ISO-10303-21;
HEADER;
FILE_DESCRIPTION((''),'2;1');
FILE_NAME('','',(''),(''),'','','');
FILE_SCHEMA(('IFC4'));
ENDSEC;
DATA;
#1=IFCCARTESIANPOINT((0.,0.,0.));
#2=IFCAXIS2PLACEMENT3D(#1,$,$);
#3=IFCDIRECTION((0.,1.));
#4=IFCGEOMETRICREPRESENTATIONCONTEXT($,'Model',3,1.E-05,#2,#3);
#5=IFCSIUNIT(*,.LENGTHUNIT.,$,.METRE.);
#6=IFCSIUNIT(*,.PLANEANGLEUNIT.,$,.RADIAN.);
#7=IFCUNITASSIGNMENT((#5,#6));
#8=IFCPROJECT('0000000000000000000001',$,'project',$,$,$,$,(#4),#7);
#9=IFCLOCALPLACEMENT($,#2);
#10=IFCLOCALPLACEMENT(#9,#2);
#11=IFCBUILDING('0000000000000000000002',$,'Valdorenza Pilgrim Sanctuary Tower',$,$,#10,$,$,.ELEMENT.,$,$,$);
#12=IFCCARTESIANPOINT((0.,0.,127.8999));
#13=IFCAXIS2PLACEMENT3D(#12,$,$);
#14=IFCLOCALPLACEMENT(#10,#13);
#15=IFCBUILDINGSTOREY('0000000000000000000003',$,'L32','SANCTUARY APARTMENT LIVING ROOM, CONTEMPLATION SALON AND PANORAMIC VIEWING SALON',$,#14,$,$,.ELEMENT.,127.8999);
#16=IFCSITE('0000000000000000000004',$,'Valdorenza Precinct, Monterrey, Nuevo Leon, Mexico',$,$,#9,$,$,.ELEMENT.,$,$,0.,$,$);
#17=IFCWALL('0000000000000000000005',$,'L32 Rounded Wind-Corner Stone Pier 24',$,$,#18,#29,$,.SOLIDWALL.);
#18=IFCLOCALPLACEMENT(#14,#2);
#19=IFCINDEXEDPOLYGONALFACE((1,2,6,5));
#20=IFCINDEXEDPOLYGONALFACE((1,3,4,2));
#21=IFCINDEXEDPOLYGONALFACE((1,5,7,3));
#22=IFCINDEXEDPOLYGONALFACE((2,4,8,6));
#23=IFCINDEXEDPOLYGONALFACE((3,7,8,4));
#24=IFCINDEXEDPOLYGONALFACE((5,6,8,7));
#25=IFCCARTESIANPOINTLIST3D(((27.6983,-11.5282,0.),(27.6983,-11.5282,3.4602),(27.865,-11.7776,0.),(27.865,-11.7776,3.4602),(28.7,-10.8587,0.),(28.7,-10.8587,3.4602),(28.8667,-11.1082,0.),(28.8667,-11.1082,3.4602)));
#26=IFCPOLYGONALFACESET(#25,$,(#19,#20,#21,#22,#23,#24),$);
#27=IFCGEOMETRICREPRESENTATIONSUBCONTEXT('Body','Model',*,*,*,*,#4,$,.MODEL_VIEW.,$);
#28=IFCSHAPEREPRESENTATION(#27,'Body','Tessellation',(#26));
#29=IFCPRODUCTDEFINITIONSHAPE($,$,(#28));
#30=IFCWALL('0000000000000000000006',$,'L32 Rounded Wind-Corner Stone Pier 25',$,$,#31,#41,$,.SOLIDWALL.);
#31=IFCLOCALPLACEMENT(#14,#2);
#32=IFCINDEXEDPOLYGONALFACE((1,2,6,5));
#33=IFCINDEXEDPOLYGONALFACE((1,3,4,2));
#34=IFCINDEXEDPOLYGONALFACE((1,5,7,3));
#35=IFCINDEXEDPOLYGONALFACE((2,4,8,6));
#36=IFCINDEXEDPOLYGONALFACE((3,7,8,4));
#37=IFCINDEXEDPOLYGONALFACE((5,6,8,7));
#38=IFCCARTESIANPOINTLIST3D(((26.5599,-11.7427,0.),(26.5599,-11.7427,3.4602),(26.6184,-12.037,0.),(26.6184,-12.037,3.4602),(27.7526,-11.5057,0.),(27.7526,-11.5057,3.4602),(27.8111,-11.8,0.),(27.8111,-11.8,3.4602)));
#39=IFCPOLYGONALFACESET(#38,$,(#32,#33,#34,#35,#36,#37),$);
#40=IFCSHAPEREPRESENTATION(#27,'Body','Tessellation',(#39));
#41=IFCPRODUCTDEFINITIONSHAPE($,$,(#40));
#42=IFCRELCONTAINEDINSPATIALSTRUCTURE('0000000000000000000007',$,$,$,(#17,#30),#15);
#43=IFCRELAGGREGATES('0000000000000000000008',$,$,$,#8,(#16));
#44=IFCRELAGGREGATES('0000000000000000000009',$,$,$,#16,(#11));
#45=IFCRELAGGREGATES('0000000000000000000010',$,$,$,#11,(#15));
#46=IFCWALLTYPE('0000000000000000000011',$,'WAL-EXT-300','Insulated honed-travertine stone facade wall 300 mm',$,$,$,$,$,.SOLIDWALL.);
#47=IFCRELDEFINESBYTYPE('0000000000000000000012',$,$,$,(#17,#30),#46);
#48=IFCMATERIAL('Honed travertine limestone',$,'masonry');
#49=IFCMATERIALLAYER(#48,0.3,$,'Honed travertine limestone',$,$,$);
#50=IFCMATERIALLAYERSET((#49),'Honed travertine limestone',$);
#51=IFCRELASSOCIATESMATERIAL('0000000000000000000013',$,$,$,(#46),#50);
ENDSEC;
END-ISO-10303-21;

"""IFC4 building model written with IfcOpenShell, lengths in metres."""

from ifc_helpers import new_model, si_unit, direction, frame, frame_2d, origin, place, context, subcontext, project, spatial, rectangle, extrude, material, layer, layer_set, type_object, element, save


model = new_model("IFC4")

# Units and contexts
model_context = context("Model", 3, precision=1e-05, world=origin(), true_north=direction((0.0, 1.0)))
body_context = subcontext(model_context, "Body", "Model", "MODEL_VIEW")
ifc_project = project(units=[si_unit("LENGTHUNIT", "METRE"), si_unit("PLANEANGLEUNIT", "RADIAN")], contexts=[model_context])

# Site, building, storey
site_placement = place(None, origin())
site = spatial("IfcSite", under=ifc_project, at=site_placement, Name="Valdorenza Precinct, Monterrey, Nuevo Leon, Mexico", CompositionType="ELEMENT", RefElevation=0.0)
building_placement = place(site_placement, origin())
building = spatial("IfcBuilding", under=site, at=building_placement, Name="Valdorenza Pilgrim Sanctuary Tower", CompositionType="ELEMENT")
storey_placement = place(building_placement, frame((0.0, 0.0, 127.8999)))
storey = spatial("IfcBuildingStorey", under=building, at=storey_placement, Name="L32", Description="SANCTUARY APARTMENT LIVING ROOM, CONTEMPLATION SALON AND PANORAMIC VIEWING SALON", CompositionType="ELEMENT", Elevation=127.8999)

# Walls
ifc_material_1 = material(Name="Honed travertine limestone", Category="masonry")
ifc_layer_1 = layer(ifc_material_1, 0.3, Name="Honed travertine limestone")
ifc_layer_set_1 = layer_set([ifc_layer_1], Name="Honed travertine limestone")
wall_type_1 = type_object("IfcWallType", Name="WAL-EXT-300", Description="Insulated honed-travertine stone facade wall 300 mm", PredefinedType="SOLIDWALL", material=ifc_layer_set_1)
for number, where, z_axis, x_axis, name in (
    (1, (28.7834, -10.9834, 0.0), (0.0, 0.0, 1.0), (-0.831426, -0.555635, 0.0), "L32 Rounded Wind-Corner Stone Pier 24"),
):
    element("IfcWall", number, at=place(storey_placement, frame(where, z_axis=z_axis, x_axis=x_axis)), inside=storey, type_object=wall_type_1, Name=name, PredefinedType="SOLIDWALL", context=body_context, shape_type="SweptSolid", body=[
        extrude(rectangle(XDim=1.2048, YDim=0.3, at=frame_2d((0.6025, 0.0))), origin(), (0.0, 0.0, 1.0), 3.4602),
    ])
wall_1_placement = place(storey_placement, frame((27.7817, -11.6528, 0.0), z_axis=(0.0, 0.0, 1.0), x_axis=(-0.980812, -0.194958, 0.0)))
element("IfcWall", 2, at=wall_1_placement, inside=storey, type_object=wall_type_1, Name="L32 Rounded Wind-Corner Stone Pier 25", PredefinedType="SOLIDWALL", context=body_context, shape_type="SweptSolid", body=[
    extrude(rectangle(XDim=1.2161, YDim=0.3, at=frame_2d((0.6079, 0.0))), origin(), (0.0, 0.0, 1.0), 3.4602),
])

save(model, "model.ifc")
